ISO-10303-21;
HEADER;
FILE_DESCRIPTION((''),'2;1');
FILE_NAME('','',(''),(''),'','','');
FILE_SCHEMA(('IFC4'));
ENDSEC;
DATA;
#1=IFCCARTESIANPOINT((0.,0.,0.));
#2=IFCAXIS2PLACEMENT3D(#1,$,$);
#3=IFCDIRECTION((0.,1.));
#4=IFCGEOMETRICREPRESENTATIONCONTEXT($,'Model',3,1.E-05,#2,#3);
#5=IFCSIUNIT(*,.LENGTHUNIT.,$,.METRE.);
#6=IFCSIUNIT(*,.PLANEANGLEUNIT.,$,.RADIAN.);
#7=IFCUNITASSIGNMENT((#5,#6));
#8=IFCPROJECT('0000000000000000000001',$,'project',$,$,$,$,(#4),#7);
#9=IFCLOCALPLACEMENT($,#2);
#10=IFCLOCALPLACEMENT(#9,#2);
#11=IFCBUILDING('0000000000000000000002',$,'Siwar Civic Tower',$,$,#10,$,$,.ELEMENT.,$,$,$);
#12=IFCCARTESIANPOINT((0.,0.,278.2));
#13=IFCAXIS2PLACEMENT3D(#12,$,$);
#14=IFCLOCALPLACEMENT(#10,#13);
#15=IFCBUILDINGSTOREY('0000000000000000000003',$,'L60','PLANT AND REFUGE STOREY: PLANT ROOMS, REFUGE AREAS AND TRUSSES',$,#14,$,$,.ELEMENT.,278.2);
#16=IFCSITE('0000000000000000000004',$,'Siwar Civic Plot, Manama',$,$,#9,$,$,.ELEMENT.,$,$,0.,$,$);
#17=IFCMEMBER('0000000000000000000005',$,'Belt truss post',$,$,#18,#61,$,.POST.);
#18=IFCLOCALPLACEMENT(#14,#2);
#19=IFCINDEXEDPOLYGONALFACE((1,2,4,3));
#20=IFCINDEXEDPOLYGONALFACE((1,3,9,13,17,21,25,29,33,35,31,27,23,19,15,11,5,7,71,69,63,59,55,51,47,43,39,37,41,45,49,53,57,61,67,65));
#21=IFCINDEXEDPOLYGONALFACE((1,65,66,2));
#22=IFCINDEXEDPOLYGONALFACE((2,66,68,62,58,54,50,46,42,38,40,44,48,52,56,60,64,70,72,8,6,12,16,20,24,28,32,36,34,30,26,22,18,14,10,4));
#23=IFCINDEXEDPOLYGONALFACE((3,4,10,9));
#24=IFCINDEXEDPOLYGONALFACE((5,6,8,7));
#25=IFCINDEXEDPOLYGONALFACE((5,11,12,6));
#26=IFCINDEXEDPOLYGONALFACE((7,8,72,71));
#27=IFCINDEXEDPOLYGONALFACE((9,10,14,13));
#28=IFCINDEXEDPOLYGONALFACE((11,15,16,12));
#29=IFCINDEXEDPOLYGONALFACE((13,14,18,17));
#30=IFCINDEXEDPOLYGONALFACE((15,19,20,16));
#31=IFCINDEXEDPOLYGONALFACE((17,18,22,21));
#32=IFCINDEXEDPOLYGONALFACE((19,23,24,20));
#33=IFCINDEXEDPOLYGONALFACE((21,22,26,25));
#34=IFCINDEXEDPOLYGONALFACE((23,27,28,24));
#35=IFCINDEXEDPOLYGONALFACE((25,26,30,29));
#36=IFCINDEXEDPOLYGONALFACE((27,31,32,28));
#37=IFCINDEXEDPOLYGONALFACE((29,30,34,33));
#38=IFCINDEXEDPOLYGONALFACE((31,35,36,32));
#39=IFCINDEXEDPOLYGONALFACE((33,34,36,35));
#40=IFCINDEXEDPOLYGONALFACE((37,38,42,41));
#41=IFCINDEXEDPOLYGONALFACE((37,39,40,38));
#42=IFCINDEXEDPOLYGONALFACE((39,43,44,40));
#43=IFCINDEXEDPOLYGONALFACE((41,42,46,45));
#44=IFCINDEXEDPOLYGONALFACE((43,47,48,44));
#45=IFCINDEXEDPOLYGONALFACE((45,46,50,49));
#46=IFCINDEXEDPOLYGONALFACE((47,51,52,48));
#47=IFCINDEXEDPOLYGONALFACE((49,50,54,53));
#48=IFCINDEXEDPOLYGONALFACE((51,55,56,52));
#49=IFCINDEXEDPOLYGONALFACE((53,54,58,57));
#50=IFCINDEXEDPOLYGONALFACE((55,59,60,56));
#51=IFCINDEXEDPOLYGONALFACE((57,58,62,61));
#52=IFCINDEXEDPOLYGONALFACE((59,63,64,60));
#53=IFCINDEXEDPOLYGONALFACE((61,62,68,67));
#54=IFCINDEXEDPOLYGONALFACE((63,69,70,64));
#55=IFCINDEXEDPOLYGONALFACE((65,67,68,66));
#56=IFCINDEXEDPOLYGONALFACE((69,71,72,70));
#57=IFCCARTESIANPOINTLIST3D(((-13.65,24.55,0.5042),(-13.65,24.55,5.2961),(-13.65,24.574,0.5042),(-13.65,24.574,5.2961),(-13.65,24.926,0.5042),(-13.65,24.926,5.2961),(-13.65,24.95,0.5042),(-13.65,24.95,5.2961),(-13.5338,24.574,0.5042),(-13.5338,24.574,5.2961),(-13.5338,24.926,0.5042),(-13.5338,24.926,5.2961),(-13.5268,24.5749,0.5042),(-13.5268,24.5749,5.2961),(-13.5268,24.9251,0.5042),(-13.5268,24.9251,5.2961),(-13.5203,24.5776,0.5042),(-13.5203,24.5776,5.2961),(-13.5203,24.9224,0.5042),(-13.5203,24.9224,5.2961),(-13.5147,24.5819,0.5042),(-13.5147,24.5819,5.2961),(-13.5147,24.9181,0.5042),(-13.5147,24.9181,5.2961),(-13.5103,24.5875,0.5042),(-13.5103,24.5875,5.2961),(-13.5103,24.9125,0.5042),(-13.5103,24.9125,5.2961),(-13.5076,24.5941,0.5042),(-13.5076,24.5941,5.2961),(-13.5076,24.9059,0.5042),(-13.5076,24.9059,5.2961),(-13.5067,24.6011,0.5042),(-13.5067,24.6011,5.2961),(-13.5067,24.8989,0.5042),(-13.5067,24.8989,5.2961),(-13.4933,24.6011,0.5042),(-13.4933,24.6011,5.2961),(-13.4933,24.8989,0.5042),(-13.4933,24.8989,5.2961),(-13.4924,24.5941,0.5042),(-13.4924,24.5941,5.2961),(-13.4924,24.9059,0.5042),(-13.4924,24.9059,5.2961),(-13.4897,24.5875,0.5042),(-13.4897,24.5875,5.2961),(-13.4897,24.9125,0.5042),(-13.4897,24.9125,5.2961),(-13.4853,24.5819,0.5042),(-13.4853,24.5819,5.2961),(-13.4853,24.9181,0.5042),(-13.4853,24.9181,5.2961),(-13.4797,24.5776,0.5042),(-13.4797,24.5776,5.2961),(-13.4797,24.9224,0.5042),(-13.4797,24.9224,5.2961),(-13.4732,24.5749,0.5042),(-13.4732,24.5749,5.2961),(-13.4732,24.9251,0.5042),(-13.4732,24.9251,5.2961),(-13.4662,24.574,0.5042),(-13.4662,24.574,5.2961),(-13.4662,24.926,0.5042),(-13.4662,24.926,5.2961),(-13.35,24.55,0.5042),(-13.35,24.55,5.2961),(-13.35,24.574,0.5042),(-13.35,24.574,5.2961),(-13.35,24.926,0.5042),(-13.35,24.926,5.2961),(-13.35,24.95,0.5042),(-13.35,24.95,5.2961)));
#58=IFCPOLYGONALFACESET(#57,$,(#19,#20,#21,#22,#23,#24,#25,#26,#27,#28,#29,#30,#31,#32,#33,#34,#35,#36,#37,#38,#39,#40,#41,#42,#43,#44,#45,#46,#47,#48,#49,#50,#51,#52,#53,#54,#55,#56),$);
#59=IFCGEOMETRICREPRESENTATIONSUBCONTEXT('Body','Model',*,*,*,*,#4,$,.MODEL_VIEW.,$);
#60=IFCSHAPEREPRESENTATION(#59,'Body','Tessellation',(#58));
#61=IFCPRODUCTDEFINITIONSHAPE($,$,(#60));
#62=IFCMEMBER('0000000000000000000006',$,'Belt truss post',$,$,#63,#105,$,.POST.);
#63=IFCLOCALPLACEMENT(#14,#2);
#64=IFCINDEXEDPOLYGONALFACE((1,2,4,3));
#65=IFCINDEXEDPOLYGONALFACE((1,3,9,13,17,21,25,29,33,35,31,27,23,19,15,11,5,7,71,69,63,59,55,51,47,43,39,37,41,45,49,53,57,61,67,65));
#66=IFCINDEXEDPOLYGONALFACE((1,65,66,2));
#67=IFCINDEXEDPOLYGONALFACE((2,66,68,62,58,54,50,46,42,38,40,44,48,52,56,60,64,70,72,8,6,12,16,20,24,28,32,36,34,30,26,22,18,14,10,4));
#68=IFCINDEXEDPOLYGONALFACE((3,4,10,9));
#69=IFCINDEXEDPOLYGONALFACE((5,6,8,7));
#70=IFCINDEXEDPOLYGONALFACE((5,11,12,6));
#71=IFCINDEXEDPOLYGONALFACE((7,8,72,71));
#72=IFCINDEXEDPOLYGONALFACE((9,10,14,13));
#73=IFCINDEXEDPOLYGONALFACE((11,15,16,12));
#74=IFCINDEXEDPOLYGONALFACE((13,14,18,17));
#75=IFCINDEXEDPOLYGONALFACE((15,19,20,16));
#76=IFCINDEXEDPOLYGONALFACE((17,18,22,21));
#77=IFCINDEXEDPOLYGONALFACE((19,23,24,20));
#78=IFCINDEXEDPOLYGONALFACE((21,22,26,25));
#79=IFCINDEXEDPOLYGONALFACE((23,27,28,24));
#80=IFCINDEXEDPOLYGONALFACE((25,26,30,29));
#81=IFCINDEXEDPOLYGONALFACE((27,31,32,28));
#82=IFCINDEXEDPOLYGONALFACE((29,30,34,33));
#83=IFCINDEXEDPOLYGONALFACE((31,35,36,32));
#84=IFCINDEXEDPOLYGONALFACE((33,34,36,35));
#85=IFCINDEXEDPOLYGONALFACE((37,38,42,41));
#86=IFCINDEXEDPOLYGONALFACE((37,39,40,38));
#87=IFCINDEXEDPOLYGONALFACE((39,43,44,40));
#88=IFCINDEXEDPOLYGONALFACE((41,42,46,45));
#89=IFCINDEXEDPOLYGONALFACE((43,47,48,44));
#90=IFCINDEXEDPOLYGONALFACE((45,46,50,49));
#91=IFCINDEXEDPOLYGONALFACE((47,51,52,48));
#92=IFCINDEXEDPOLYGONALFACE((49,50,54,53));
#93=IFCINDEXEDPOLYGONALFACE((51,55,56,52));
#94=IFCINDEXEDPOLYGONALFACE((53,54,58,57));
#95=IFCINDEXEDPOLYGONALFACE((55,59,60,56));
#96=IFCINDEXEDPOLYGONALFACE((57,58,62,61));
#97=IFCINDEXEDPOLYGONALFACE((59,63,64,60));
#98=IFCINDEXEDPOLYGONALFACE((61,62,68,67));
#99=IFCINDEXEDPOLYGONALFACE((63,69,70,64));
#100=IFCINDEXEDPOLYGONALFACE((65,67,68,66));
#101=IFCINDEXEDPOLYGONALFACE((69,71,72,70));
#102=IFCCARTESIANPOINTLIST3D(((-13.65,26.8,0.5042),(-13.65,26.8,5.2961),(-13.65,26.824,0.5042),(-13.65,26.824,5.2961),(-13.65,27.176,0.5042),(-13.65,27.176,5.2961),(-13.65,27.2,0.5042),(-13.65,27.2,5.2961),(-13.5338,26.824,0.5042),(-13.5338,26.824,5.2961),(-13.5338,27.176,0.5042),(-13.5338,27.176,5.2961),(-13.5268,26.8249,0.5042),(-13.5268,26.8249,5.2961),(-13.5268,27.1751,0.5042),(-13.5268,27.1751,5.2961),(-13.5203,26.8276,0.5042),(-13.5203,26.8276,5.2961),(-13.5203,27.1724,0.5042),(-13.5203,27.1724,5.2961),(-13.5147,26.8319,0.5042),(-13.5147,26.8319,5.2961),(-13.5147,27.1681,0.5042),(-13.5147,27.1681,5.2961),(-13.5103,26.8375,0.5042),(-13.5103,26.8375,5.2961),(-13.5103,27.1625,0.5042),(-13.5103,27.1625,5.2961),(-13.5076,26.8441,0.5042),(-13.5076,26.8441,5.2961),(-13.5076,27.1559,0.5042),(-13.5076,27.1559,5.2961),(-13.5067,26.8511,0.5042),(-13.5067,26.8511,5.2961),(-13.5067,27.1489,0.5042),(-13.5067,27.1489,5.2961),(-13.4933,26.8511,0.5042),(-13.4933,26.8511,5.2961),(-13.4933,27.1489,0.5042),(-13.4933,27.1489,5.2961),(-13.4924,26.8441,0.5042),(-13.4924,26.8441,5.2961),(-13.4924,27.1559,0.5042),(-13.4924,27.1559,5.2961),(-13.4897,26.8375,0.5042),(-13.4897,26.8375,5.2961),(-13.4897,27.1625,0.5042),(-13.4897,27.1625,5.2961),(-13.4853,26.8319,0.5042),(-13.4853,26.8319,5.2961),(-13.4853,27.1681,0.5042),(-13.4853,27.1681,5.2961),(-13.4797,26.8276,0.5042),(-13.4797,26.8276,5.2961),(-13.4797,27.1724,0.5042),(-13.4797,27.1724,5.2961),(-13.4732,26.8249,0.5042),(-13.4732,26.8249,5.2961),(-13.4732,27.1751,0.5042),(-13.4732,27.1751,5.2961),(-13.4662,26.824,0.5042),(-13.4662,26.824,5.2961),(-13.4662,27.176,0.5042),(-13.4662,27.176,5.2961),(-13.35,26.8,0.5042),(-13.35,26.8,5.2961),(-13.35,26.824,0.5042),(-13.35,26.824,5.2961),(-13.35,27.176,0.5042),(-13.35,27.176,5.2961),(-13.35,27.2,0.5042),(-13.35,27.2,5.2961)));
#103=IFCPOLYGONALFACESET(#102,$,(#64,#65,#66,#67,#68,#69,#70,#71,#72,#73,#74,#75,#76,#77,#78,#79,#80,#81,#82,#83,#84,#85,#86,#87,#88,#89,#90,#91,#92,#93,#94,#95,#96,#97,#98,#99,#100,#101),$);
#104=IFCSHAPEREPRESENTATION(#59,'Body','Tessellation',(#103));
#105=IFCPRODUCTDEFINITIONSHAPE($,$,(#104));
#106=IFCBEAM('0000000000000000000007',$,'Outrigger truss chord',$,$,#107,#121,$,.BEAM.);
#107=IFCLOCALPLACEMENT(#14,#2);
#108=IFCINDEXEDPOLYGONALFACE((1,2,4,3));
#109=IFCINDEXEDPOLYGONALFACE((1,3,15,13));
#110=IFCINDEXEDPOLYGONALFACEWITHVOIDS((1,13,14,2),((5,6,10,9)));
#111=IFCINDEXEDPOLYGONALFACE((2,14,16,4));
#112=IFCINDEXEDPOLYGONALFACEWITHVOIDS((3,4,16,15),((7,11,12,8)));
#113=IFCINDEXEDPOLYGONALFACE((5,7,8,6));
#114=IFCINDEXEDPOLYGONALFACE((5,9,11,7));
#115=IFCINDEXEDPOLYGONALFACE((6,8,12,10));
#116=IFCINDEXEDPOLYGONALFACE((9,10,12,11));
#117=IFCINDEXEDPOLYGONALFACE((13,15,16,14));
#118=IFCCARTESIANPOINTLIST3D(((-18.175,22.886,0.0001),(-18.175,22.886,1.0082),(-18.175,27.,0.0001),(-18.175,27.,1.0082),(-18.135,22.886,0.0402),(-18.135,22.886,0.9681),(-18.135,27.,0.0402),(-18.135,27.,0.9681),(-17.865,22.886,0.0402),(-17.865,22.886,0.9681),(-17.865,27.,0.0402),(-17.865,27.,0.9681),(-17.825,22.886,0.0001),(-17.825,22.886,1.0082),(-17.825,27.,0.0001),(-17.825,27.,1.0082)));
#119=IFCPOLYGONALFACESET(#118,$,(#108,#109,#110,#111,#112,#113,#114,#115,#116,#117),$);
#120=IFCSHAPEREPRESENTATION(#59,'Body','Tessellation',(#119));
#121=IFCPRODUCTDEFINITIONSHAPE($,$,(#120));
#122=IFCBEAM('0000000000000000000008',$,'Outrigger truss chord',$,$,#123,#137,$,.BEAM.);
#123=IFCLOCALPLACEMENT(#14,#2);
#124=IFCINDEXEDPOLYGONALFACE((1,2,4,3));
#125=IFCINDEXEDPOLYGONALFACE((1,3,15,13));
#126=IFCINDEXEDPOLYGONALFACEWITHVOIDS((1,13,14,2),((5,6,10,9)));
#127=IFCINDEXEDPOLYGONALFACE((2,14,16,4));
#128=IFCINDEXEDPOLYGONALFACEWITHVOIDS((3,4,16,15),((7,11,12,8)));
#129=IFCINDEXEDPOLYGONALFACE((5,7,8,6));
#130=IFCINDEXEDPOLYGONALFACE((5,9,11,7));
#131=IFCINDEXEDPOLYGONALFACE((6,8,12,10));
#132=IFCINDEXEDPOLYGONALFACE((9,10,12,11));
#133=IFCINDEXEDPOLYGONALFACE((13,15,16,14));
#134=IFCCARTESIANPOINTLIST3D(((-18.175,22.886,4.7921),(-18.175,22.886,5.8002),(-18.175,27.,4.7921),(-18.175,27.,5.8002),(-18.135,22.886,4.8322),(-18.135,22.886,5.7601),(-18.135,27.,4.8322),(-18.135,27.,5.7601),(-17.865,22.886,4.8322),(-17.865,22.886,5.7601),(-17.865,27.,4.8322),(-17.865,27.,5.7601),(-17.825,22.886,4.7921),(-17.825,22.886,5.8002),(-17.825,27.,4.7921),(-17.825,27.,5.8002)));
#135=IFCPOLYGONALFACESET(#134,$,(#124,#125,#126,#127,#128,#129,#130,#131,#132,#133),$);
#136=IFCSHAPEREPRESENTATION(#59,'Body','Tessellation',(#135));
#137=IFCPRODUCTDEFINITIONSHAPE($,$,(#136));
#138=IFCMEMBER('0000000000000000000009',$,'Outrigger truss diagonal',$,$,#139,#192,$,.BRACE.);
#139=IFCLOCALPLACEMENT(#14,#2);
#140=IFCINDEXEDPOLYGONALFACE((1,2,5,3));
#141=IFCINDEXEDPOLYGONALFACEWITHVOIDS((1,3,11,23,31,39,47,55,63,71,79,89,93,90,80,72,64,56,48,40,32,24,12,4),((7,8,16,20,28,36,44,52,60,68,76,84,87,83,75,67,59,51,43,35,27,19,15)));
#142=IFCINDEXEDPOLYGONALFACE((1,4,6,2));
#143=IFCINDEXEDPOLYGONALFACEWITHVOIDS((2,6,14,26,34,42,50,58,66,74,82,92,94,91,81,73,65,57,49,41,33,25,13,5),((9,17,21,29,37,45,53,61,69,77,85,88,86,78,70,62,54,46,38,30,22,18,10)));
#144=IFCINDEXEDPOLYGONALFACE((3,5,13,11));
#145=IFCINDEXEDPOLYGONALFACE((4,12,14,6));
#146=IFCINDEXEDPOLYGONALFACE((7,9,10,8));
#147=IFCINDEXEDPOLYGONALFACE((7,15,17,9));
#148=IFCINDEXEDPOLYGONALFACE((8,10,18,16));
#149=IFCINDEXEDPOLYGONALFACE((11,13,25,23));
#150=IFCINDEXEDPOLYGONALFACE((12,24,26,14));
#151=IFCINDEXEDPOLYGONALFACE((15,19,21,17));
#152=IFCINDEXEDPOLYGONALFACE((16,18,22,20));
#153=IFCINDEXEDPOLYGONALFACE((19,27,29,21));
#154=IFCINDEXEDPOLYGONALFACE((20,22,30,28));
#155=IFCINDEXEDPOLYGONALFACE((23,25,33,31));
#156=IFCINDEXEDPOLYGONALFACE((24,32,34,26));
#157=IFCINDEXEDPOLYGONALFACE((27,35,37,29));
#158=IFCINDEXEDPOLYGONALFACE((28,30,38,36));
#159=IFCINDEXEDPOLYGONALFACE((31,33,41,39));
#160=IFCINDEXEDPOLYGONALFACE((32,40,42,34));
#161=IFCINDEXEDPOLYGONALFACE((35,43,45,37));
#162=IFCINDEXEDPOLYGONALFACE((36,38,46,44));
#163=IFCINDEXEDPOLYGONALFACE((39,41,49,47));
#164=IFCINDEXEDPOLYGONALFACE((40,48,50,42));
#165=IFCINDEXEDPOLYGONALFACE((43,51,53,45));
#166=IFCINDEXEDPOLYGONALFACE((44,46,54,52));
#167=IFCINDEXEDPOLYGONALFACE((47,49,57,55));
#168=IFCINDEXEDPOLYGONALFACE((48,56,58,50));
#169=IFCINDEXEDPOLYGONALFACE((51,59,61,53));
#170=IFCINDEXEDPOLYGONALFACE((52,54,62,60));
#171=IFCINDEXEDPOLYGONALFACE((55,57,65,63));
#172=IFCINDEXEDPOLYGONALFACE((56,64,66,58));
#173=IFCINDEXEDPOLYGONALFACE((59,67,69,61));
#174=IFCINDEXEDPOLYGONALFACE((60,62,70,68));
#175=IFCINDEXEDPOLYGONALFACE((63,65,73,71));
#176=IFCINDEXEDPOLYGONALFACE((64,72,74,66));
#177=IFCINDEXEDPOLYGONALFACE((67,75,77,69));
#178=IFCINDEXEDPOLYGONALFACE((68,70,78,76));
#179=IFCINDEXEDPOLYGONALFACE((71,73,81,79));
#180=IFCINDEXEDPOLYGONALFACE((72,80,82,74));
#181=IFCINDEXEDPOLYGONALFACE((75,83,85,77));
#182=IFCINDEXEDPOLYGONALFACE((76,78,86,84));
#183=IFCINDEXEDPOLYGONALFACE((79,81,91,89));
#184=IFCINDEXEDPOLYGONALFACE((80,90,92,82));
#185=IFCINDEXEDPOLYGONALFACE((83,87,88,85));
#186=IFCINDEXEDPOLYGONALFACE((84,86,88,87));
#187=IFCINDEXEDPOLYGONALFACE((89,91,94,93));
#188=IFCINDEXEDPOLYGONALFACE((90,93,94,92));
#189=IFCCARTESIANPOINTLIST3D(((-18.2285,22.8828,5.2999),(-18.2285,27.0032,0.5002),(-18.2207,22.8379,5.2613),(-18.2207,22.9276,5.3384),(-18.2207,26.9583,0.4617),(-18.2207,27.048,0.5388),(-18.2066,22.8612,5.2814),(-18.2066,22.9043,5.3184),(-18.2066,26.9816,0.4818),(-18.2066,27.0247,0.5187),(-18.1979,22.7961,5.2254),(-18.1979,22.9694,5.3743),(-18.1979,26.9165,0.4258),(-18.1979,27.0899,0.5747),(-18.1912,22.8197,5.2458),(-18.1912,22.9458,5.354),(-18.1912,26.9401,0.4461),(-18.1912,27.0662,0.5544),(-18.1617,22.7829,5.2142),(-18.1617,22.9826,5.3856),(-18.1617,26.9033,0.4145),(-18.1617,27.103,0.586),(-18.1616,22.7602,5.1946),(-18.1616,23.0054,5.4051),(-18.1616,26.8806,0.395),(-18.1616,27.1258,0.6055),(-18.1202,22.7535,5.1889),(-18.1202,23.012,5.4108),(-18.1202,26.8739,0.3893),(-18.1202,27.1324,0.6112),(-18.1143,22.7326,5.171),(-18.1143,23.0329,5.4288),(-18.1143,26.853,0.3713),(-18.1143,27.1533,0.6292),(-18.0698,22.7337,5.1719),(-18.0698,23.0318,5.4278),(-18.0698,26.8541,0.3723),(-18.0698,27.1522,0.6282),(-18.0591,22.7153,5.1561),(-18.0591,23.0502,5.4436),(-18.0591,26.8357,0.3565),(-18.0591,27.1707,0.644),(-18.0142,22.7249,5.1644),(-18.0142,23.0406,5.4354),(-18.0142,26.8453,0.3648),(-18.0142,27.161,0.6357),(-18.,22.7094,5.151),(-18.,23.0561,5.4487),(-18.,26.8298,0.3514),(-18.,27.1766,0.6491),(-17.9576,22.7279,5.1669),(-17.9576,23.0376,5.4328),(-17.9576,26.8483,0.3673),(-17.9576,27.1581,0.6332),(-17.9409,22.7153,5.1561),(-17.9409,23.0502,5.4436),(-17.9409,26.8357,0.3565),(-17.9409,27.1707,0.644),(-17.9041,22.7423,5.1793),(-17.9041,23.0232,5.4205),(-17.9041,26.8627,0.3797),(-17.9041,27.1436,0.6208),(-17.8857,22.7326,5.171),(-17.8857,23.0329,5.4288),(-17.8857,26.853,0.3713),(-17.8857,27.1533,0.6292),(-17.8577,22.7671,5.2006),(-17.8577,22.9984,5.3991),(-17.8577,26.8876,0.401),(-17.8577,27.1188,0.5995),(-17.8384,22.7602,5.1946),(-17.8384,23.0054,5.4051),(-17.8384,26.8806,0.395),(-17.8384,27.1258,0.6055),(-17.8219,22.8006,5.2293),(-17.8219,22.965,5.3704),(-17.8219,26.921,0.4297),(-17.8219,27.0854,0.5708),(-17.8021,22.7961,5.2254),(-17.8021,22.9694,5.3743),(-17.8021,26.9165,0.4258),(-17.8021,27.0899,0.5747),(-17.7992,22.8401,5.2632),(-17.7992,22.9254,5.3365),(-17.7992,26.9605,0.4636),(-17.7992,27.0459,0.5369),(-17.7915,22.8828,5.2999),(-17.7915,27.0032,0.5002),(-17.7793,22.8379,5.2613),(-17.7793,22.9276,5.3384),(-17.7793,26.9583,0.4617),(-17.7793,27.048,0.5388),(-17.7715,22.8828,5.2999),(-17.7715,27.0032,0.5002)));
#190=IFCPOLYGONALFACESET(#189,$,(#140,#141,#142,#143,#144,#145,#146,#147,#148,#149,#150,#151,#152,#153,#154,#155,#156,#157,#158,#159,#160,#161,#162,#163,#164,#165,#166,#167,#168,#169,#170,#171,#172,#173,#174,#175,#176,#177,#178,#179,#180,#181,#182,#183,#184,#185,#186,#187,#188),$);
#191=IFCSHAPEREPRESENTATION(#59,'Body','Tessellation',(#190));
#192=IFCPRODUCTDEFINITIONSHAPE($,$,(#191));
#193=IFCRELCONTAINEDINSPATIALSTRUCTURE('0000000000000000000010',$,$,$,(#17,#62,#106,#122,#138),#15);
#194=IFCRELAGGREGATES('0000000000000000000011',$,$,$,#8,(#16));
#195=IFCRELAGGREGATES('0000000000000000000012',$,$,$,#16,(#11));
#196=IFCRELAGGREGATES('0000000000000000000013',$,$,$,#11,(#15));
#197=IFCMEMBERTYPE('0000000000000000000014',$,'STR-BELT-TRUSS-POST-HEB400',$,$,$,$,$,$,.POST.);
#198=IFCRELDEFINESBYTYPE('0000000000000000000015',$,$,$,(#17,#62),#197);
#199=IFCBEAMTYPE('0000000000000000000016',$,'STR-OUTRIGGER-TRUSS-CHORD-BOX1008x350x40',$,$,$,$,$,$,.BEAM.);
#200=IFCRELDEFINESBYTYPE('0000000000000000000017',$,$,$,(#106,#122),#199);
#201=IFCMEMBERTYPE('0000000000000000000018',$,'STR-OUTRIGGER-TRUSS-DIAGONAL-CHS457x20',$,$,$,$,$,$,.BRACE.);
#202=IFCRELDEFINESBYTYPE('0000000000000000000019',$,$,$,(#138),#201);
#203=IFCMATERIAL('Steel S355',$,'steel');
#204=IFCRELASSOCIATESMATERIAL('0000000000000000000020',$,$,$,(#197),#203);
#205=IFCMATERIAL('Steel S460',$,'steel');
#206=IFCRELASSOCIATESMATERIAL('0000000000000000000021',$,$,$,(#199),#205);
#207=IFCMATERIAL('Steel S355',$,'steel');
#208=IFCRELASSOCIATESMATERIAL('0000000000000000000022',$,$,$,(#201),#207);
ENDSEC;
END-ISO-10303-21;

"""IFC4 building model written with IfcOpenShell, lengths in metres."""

from ifc_helpers import new_model, si_unit, direction, frame, origin, origin_2d, place, context, subcontext, project, spatial, hollow_rectangle, hollow_circle, i_section, extrude, material, material_profile, profile_set, type_object, element, save


model = new_model("IFC4")

# Units and contexts
model_context = context("Model", 3, precision=1e-05, world=origin(), true_north=direction((0.0, 1.0)))
body_context = subcontext(model_context, "Body", "Model", "MODEL_VIEW")
ifc_project = project(units=[si_unit("LENGTHUNIT", "METRE"), si_unit("PLANEANGLEUNIT", "RADIAN")], contexts=[model_context])

# Site, building, storey
site_placement = place(None, origin())
site = spatial("IfcSite", under=ifc_project, at=site_placement, Name="Siwar Civic Plot, Manama", CompositionType="ELEMENT", RefElevation=0.0)
building_placement = place(site_placement, origin())
building = spatial("IfcBuilding", under=site, at=building_placement, Name="Siwar Civic Tower", CompositionType="ELEMENT")
storey_placement = place(building_placement, frame((0.0, 0.0, 278.2)))
storey = spatial("IfcBuildingStorey", under=building, at=storey_placement, Name="L60", Description="PLANT AND REFUGE STOREY: PLANT ROOMS, REFUGE AREAS AND TRUSSES", CompositionType="ELEMENT", Elevation=278.2)

# Members
ifc_material_1 = material(Name="Steel S355", Category="steel")
ifc_material_profile_1 = material_profile(ifc_material_1, i_section(OverallWidth=0.3, OverallDepth=0.3999, WebThickness=0.0134, FlangeThickness=0.0239, FilletRadius=0.0271, at=origin_2d()), Name="HEB400")
ifc_profile_set_1 = profile_set([ifc_material_profile_1], Name="Steel S355")
member_type_1 = type_object("IfcMemberType", Name="STR-BELT-TRUSS-POST-HEB400", PredefinedType="POST", material=ifc_profile_set_1)
for number, where, z_axis, x_axis, name in (
    (1, (-13.5, 24.75, 0.5042), (0.0, 0.0, 1.0), (1.0, 0.0, 0.0), "Belt truss post"),
    (2, (-13.5, 27.0, 0.5042), (0.0, 0.0, 1.0), (1.0, 0.0, 0.0), "Belt truss post"),
):
    element("IfcMember", number, at=place(storey_placement, frame(where, z_axis=z_axis, x_axis=x_axis)), inside=storey, type_object=member_type_1, Name=name, PredefinedType="POST", context=body_context, shape_type="SweptSolid", body=[
        extrude(i_section(OverallWidth=0.3, OverallDepth=0.3999, WebThickness=0.0134, FlangeThickness=0.0239, FilletRadius=0.0271, at=origin_2d()), origin(), (0.0, 0.0, 1.0), 4.792),
    ])

# Beams
ifc_material_2 = material(Name="Steel S460", Category="steel")
ifc_material_profile_2 = material_profile(ifc_material_2, hollow_rectangle(XDim=0.3501, YDim=1.0081, WallThickness=0.04, at=origin_2d()), Name="BOX1008x350x40")
ifc_profile_set_2 = profile_set([ifc_material_profile_2], Name="Steel S460")
beam_type_1 = type_object("IfcBeamType", Name="STR-OUTRIGGER-TRUSS-CHORD-BOX1008x350x40", PredefinedType="BEAM", material=ifc_profile_set_2)
for number, where, z_axis, x_axis, name in (
    (3, (-18.0, 27.0, 0.5042), (0.0, -1.0, 0.0), (1.0, 0.0, 0.0), "Outrigger truss chord"),
    (4, (-18.0, 27.0, 5.2961), (0.0, -1.0, 0.0), (1.0, 0.0, 0.0), "Outrigger truss chord"),
):
    element("IfcBeam", number, at=place(storey_placement, frame(where, z_axis=z_axis, x_axis=x_axis)), inside=storey, type_object=beam_type_1, Name=name, PredefinedType="BEAM", context=body_context, shape_type="SweptSolid", body=[
        extrude(hollow_rectangle(XDim=0.3501, YDim=1.0081, WallThickness=0.04, at=origin_2d()), origin(), (0.0, 0.0, 1.0), 4.114),
    ])

# Member
ifc_material_3 = material(Name="Steel S355", Category="steel")
ifc_material_profile_3 = material_profile(ifc_material_3, hollow_circle(Radius=0.2285, WallThickness=0.02, at=origin_2d()), Name="CHS457x20")
ifc_profile_set_3 = profile_set([ifc_material_profile_3], Name="Steel S355")
member_type_2 = type_object("IfcMemberType", Name="STR-OUTRIGGER-TRUSS-DIAGONAL-CHS457x20", PredefinedType="BRACE", material=ifc_profile_set_3)
member_1_placement = place(storey_placement, frame((-18.0, 27.0032, 0.5002), z_axis=(0.0, -0.651379, 0.758752), x_axis=(1.0, 0.0, 0.0)))
element("IfcMember", 5, at=member_1_placement, inside=storey, type_object=member_type_2, Name="Outrigger truss diagonal", PredefinedType="BRACE", context=body_context, shape_type="SweptSolid", body=[
    extrude(hollow_circle(Radius=0.2285, WallThickness=0.02, at=origin_2d()), origin(), (0.0, 0.0, 1.0), 6.3257),
])

save(model, "model.ifc")
